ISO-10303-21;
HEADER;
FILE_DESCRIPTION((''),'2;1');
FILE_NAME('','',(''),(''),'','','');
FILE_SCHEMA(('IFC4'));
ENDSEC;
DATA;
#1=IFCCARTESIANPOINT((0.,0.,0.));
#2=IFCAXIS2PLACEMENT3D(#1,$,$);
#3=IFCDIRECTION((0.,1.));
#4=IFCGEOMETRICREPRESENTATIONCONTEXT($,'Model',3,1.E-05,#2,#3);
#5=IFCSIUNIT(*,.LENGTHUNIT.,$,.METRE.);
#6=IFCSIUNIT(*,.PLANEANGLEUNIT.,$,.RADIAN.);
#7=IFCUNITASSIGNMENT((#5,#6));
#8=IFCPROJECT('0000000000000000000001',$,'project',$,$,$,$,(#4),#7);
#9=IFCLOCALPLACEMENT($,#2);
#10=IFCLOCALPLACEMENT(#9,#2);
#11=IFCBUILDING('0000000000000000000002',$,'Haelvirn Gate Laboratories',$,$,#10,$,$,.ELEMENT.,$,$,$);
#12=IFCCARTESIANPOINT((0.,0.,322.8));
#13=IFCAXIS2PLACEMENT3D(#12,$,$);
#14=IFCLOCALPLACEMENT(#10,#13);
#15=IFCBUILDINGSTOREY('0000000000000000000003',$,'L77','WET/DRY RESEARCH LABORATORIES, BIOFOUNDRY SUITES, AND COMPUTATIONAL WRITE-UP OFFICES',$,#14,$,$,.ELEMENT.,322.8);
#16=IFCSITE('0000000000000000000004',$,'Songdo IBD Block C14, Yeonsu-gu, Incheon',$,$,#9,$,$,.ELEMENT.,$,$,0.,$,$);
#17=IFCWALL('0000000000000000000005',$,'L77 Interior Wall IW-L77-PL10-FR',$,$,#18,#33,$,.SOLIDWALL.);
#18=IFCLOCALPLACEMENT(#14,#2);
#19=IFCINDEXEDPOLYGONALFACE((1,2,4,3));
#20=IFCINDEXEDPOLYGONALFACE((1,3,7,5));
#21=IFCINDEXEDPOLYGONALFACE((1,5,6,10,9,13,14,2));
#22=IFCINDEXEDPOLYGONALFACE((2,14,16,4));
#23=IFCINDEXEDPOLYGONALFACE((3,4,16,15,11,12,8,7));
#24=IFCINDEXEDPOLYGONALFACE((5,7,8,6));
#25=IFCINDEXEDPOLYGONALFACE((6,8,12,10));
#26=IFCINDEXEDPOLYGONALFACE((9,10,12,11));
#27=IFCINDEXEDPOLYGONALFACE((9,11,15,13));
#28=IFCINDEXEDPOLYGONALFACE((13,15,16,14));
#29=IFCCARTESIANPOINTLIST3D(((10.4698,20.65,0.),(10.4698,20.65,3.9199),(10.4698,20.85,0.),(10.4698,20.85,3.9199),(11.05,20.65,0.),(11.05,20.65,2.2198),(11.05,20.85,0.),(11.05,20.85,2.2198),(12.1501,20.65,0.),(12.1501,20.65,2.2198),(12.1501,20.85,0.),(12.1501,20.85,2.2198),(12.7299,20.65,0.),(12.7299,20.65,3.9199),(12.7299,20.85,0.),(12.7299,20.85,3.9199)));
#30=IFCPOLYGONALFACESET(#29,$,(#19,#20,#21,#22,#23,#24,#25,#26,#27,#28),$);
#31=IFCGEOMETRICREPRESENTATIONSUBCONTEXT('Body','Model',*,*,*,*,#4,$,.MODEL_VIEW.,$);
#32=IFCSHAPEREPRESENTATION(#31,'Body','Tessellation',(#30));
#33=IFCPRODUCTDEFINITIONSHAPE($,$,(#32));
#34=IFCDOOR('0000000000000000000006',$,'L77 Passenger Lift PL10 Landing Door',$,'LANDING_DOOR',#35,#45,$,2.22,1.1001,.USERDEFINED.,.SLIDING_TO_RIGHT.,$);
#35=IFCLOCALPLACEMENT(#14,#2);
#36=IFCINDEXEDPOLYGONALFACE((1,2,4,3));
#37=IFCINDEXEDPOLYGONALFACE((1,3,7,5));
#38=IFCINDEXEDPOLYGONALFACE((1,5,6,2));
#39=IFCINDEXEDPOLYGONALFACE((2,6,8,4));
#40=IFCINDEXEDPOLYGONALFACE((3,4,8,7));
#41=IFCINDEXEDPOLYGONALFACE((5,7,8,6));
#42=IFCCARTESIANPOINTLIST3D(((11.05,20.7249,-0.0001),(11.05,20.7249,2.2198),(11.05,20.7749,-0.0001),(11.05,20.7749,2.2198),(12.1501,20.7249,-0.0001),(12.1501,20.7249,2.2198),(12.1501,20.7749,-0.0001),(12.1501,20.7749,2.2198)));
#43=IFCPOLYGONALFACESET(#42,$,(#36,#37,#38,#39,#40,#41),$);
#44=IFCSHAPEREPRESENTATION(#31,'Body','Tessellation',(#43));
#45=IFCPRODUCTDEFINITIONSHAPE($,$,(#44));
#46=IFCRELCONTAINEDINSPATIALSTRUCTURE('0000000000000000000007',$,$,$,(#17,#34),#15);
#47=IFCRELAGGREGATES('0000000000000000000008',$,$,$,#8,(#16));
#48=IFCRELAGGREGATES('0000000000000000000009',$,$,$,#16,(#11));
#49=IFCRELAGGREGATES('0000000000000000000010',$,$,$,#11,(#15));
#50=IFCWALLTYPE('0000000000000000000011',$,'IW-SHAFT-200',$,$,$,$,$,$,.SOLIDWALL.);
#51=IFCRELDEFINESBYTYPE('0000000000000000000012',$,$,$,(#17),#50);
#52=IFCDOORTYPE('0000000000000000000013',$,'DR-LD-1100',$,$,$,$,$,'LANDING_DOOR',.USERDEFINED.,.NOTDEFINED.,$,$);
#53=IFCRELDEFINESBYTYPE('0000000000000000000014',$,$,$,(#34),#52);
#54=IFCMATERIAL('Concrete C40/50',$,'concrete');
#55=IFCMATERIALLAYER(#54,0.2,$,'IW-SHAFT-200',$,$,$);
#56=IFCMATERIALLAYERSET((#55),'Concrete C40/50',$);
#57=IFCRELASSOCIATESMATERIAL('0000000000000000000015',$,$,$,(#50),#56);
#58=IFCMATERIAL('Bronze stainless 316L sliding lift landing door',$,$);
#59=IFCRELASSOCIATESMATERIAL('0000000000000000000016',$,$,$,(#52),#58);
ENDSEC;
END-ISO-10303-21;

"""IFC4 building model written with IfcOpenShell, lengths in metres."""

from ifc_helpers import new_model, si_unit, direction, frame, frame_2d, origin, place, context, subcontext, project, spatial, rectangle, extrude, source, transform, mapped, material, layer, layer_set, type_object, type_shapes, element, fill, save


model = new_model("IFC4")

# Units and contexts
model_context = context("Model", 3, precision=1e-05, world=origin(), true_north=direction((0.0, 1.0)))
body_context = subcontext(model_context, "Body", "Model", "MODEL_VIEW")
ifc_project = project(units=[si_unit("LENGTHUNIT", "METRE"), si_unit("PLANEANGLEUNIT", "RADIAN")], contexts=[model_context])

# Site, building, storey
site_placement = place(None, origin())
site = spatial("IfcSite", under=ifc_project, at=site_placement, Name="Songdo IBD Block C14, Yeonsu-gu, Incheon", CompositionType="ELEMENT", RefElevation=0.0)
building_placement = place(site_placement, origin())
building = spatial("IfcBuilding", under=site, at=building_placement, Name="Haelvirn Gate Laboratories", CompositionType="ELEMENT")
storey_placement = place(building_placement, frame((0.0, 0.0, 322.8)))
storey = spatial("IfcBuildingStorey", under=building, at=storey_placement, Name="L77", Description="WET/DRY RESEARCH LABORATORIES, BIOFOUNDRY SUITES, AND COMPUTATIONAL WRITE-UP OFFICES", CompositionType="ELEMENT", Elevation=322.8)

# Shared definitions
ifc_material_1 = material(Name="Concrete C40/50", Category="concrete")

# Wall, opening, door
ifc_layer_1 = layer(ifc_material_1, 0.2, Name="IW-SHAFT-200")
ifc_layer_set_1 = layer_set([ifc_layer_1], Name="Concrete C40/50")
wall_type_1 = type_object("IfcWallType", Name="IW-SHAFT-200", PredefinedType="SOLIDWALL", material=ifc_layer_set_1)
wall_1_placement = place(storey_placement, frame((10.47, 20.75, 0.0), z_axis=(0.0, 0.0, 1.0), x_axis=(1.0, 0.0, 0.0)))
wall_1 = element("IfcWall", 1, at=wall_1_placement, inside=storey, type_object=wall_type_1, Name="L77 Interior Wall IW-L77-PL10-FR", PredefinedType="SOLIDWALL", context=body_context, shape_type="SweptSolid", body=[
    extrude(rectangle(XDim=2.26, YDim=0.2, at=frame_2d((1.1299, 0.0))), origin(), (0.0, 0.0, 1.0), 3.9199),
])
opening_1_placement = place(wall_1_placement, frame((0.5801, 0.0, 0.0)))
opening_1 = element("IfcOpeningElement", 2, at=opening_1_placement, cuts=wall_1, PredefinedType="OPENING", context=body_context, shape_type="SweptSolid", body=[
    extrude(rectangle(XDim=1.1001, YDim=2.22, at=frame_2d((0.55, 1.1099))), frame((0.0, 0.1099, 0.0), z_axis=(0.0, -1.0, 0.0), x_axis=(1.0, 0.0, 0.0)), (0.0, 0.0, 1.0), 0.22),
])
ifc_material_2 = material(Name="Bronze stainless 316L sliding lift landing door")
door_type_1 = type_object("IfcDoorType", Name="DR-LD-1100", ElementType="LANDING_DOOR", OperationType="NOTDEFINED", PredefinedType="USERDEFINED", material=ifc_material_2)
shared_shape_1 = source(origin(), body_context, "Body", "SweptSolid", [
    extrude(rectangle(XDim=1.1001, YDim=2.22, at=frame_2d((0.55, 1.1099))), frame((0.0, 0.0249, 0.0), z_axis=(0.0, -1.0, 0.0), x_axis=(1.0, 0.0, 0.0)), (0.0, 0.0, 1.0), 0.05),
])
type_shapes(door_type_1, [shared_shape_1])
door_1_placement = place(opening_1_placement, origin())
door_1 = element("IfcDoor", 3, at=door_1_placement, inside=storey, type_object=door_type_1, Name="L77 Passenger Lift PL10 Landing Door", ObjectType="LANDING_DOOR", OperationType="SLIDING_TO_RIGHT", OverallHeight=2.22, OverallWidth=1.1001, PredefinedType="USERDEFINED", context=body_context, shape_type="MappedRepresentation", body=[
    mapped(shared_shape_1, transform((0.0, 0.0, 0.0), scale=1.0)),
])
fill(opening_1, door_1)

save(model, "model.ifc")
